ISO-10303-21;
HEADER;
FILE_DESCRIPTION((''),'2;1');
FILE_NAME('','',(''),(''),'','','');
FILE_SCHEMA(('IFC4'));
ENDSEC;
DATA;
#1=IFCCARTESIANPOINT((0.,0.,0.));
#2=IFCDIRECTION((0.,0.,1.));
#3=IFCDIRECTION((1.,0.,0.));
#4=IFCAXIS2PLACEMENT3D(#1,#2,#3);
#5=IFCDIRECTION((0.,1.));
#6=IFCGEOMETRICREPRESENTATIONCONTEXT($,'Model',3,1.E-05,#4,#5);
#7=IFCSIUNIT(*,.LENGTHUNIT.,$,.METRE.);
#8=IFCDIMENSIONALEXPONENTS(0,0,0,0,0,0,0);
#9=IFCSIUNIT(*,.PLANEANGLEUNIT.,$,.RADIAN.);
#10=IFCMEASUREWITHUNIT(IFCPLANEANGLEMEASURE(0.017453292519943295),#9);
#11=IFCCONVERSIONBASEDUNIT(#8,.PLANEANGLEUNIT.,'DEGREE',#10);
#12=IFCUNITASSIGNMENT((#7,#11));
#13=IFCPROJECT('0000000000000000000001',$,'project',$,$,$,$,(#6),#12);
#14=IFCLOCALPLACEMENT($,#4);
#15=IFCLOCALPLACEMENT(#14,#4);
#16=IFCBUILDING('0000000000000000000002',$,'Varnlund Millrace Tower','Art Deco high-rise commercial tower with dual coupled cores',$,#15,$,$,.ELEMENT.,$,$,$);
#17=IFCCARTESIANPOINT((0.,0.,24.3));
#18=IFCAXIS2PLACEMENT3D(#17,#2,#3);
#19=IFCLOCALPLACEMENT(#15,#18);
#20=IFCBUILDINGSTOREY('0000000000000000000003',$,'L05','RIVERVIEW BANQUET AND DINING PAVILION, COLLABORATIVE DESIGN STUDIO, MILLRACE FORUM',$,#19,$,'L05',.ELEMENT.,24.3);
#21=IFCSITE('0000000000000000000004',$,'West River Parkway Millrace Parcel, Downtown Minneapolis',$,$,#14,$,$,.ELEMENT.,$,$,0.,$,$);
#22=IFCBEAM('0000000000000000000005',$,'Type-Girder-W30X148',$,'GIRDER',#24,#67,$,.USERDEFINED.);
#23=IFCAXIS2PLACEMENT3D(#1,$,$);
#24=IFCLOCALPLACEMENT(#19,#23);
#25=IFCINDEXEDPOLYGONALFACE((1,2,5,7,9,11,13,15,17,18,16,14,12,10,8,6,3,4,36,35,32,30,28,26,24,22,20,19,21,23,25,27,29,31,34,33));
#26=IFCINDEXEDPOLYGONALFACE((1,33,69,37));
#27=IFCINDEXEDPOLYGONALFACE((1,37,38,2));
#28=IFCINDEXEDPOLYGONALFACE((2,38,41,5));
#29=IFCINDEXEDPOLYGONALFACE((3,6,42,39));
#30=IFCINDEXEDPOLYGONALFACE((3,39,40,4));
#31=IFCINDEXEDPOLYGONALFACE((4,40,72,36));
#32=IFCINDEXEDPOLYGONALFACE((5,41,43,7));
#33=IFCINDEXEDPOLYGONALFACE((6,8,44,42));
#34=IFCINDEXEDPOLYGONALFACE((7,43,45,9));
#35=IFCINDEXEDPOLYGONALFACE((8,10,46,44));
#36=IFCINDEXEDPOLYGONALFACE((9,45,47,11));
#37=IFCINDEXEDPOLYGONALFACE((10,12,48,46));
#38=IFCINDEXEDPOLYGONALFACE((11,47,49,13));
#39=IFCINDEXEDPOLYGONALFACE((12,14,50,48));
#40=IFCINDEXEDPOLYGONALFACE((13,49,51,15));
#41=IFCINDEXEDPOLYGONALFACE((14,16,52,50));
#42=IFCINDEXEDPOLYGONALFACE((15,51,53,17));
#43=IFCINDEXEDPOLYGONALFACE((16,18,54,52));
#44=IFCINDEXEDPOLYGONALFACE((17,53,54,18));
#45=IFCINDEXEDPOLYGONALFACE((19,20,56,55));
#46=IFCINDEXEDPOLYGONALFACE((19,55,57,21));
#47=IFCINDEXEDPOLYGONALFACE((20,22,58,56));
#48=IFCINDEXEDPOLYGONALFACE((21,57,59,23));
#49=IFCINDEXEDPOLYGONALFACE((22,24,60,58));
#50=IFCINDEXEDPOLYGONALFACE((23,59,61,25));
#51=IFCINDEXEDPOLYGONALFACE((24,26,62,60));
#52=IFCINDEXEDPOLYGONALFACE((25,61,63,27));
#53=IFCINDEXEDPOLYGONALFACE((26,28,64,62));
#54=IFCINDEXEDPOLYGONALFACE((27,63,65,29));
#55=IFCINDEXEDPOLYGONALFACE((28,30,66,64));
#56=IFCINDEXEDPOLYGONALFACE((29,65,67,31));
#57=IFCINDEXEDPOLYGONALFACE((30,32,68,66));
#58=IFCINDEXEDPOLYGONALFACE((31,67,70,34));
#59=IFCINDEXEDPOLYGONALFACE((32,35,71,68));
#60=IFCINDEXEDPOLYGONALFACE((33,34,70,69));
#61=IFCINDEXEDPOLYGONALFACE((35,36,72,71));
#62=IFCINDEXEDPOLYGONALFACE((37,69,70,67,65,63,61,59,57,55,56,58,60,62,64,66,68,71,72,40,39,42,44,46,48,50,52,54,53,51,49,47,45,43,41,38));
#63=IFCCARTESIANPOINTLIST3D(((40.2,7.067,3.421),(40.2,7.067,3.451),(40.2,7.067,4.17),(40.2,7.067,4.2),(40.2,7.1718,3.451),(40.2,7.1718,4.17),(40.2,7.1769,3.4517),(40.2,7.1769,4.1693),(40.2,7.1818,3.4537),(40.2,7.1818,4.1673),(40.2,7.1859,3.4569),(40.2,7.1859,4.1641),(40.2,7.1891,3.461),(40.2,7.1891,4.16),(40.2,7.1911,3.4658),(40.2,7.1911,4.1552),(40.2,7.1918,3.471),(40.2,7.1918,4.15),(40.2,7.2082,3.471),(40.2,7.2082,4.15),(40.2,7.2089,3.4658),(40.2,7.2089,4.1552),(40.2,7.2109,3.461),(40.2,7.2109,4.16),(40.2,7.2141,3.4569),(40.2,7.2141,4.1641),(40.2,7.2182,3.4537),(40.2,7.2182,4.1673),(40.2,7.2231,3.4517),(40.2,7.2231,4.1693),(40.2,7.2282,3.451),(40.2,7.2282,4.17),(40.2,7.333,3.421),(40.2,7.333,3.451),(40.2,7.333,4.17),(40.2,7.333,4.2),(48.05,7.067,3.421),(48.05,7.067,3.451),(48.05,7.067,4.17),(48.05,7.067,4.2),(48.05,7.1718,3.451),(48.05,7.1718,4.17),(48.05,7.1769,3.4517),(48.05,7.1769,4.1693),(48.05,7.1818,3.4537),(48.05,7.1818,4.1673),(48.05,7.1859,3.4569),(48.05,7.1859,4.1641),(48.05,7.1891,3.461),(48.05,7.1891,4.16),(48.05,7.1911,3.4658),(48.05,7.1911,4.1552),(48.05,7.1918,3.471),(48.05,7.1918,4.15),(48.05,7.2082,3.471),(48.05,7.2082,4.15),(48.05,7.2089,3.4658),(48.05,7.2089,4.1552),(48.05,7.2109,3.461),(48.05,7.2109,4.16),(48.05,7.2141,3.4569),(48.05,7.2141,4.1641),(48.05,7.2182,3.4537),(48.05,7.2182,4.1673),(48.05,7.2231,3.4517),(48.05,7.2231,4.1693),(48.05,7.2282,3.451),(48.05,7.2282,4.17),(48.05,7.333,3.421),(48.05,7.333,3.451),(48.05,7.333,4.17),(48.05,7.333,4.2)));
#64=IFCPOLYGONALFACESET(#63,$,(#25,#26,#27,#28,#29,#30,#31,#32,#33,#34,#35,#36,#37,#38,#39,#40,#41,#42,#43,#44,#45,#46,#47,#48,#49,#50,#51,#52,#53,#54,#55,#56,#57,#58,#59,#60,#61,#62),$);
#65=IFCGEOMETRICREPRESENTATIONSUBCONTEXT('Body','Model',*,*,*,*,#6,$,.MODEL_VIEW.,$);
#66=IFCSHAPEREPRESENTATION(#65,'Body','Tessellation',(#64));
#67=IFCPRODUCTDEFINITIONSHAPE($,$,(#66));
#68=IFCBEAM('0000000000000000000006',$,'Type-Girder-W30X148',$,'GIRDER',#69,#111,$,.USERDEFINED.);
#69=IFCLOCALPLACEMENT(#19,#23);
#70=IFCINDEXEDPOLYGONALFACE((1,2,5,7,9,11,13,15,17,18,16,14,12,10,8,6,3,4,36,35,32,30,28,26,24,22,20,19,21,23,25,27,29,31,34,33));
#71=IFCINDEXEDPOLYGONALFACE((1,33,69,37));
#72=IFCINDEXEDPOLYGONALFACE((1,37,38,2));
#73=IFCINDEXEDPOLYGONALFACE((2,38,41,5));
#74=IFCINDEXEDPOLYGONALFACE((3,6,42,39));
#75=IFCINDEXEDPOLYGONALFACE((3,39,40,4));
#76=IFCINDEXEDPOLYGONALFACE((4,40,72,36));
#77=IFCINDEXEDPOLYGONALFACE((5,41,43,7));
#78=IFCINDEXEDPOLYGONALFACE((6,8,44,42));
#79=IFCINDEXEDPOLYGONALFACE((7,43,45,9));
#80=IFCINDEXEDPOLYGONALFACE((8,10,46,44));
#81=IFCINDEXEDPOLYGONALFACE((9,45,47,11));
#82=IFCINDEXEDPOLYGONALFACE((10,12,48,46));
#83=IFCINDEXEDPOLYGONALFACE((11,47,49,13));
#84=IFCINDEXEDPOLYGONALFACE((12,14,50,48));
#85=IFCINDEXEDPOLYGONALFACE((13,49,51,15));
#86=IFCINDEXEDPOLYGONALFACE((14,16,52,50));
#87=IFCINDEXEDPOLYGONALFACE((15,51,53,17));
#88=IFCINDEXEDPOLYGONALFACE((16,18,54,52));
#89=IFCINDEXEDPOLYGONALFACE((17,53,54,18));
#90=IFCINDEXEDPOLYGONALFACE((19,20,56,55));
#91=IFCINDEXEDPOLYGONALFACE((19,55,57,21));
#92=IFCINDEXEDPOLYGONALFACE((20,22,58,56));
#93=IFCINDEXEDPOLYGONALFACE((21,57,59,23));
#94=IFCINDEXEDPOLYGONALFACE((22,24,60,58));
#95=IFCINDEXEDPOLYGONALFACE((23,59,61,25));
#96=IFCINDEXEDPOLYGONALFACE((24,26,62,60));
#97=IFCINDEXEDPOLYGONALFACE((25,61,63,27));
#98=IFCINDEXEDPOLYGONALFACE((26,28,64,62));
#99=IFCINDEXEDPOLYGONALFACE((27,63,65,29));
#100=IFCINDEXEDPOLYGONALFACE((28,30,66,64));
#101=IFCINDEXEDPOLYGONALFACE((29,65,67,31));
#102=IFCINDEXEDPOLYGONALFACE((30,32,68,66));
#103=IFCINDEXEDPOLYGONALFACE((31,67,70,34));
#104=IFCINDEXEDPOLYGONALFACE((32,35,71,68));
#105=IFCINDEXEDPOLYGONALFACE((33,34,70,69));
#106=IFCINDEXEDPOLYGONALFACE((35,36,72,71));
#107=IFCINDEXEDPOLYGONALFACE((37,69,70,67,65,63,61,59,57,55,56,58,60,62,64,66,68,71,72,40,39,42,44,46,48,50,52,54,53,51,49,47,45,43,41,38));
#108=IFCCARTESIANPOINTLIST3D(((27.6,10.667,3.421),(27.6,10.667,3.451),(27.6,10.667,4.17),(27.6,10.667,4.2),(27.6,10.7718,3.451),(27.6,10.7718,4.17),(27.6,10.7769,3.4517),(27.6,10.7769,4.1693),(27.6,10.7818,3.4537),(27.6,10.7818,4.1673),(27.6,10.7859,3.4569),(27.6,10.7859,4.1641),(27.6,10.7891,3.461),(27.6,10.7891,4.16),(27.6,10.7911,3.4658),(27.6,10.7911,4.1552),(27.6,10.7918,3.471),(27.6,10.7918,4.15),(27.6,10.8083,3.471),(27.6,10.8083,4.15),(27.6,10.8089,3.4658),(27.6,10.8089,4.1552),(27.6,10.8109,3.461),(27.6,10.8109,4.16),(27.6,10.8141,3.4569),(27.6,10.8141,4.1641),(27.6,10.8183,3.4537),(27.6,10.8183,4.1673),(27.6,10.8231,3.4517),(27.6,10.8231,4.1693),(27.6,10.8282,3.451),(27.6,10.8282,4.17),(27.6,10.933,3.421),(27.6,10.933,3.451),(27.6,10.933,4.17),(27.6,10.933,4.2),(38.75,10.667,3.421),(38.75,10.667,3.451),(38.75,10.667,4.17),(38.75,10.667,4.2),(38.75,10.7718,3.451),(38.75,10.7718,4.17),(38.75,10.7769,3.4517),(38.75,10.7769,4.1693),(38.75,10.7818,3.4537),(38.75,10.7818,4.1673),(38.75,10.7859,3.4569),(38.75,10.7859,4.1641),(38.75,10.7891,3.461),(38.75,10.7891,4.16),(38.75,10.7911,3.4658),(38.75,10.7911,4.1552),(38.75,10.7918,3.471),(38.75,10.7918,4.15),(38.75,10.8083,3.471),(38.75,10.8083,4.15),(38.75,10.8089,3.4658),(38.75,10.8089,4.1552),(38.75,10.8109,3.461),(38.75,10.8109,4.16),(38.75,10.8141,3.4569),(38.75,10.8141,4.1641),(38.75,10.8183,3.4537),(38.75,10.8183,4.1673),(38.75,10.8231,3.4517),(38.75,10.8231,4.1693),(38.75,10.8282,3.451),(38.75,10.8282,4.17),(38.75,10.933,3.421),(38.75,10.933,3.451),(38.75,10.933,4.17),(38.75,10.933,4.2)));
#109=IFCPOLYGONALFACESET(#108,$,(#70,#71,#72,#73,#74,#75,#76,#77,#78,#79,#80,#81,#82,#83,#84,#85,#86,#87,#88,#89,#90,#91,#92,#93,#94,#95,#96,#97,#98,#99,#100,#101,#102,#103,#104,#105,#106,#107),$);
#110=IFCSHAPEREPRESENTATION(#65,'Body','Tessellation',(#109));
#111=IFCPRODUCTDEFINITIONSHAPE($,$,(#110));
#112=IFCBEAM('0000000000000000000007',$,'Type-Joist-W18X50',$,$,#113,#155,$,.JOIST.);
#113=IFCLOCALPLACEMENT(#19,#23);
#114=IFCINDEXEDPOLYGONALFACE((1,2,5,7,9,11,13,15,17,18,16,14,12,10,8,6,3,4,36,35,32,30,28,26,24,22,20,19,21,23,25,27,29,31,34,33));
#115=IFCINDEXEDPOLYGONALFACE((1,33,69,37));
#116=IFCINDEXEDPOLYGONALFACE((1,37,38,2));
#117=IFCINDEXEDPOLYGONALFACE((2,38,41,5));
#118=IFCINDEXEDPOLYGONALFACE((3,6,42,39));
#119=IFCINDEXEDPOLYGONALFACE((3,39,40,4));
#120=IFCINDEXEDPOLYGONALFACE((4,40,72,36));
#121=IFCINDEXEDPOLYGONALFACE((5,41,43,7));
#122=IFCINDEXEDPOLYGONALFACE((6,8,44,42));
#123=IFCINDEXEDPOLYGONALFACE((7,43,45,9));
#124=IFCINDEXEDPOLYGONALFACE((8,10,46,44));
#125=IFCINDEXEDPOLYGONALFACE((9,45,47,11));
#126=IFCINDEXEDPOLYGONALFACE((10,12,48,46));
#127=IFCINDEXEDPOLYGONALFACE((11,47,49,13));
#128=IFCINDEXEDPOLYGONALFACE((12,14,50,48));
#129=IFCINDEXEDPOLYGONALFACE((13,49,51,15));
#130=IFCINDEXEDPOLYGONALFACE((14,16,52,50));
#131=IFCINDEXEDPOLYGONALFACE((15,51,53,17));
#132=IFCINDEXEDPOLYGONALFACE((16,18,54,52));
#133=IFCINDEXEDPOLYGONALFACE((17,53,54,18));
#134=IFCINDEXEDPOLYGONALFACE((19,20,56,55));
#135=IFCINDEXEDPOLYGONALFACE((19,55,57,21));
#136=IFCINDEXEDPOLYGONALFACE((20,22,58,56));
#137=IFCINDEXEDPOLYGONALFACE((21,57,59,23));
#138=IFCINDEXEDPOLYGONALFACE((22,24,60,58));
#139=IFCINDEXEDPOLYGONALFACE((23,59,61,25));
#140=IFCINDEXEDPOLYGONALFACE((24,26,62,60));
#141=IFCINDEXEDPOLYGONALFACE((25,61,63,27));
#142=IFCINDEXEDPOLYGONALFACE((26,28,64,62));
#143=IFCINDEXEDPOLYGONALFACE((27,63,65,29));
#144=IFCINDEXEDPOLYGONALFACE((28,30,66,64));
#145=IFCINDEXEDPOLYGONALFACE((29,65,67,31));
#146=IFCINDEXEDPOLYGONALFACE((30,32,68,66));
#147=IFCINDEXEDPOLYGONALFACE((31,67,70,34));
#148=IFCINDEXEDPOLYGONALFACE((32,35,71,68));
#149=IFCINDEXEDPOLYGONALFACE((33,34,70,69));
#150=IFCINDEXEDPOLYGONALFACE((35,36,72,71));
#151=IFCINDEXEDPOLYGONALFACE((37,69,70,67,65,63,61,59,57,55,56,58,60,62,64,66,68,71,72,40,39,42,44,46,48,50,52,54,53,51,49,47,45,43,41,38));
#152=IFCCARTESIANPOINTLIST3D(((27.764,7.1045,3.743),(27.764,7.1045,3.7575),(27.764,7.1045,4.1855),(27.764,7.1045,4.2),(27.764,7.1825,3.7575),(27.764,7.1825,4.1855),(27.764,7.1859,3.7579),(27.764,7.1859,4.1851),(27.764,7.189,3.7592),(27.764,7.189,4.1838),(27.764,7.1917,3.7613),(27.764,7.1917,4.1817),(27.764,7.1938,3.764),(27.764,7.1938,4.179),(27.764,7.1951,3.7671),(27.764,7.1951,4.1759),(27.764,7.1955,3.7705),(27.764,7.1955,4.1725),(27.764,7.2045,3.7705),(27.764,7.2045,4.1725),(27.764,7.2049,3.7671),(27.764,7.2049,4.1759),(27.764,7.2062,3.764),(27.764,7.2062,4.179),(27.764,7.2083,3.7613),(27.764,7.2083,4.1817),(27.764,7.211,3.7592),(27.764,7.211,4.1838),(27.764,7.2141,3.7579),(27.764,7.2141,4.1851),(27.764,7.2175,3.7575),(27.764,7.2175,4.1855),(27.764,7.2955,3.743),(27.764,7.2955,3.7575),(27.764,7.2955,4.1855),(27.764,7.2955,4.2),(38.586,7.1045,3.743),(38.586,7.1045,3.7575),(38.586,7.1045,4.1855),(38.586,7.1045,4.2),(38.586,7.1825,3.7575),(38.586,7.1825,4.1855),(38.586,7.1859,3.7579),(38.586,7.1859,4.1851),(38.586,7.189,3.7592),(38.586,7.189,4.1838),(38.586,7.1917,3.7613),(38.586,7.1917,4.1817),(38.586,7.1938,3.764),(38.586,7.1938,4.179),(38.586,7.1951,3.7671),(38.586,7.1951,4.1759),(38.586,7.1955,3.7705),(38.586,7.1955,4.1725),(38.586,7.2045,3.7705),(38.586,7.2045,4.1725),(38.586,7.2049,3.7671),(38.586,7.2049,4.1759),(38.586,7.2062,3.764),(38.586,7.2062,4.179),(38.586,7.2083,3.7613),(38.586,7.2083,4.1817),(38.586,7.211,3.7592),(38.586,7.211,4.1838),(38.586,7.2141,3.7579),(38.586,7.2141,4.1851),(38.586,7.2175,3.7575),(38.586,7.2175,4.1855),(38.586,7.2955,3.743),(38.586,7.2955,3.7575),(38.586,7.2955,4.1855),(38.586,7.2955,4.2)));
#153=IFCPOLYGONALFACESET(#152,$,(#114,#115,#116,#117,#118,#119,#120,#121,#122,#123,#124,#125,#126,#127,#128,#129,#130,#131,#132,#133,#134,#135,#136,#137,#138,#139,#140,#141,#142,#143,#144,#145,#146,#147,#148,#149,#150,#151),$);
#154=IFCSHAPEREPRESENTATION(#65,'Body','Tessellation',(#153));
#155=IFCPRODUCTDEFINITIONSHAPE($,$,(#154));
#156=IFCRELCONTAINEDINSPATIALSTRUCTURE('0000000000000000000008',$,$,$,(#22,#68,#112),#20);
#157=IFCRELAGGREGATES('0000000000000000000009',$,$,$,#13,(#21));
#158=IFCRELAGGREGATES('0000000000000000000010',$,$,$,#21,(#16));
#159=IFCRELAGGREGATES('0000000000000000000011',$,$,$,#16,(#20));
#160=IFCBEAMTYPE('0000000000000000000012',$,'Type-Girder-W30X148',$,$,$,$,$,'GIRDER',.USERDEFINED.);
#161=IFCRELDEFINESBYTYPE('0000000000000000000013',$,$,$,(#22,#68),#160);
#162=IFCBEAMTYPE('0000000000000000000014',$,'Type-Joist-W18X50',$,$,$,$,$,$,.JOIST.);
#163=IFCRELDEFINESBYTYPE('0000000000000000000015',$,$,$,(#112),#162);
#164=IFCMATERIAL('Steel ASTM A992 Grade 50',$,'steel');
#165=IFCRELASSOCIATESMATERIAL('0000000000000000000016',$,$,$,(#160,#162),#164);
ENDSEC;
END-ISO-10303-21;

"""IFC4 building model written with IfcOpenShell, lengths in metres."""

from ifc_helpers import new_model, entity, si_unit, converted_unit, direction, frame, origin_with_axes, origin_2d_with_axis, place, context, subcontext, project, spatial, i_section, extrude, material, material_profile, profile_set, type_object, element, save


model = new_model("IFC4")

# Units and contexts
model_context = context("Model", 3, precision=1e-05, world=origin_with_axes(), true_north=direction((0.0, 1.0)))
body_context = subcontext(model_context, "Body", "Model", "MODEL_VIEW")
ifc_project = project(units=[si_unit("LENGTHUNIT", "METRE"), converted_unit("PLANEANGLEUNIT", "DEGREE", entity("IfcPlaneAngleMeasure", 0.017453292519943295), si_unit("PLANEANGLEUNIT", "RADIAN"), dimensions=[0, 0, 0, 0, 0, 0, 0])], contexts=[model_context])

# Site, building, storey
site_placement = place(None, origin_with_axes())
site = spatial("IfcSite", under=ifc_project, at=site_placement, Name="West River Parkway Millrace Parcel, Downtown Minneapolis", CompositionType="ELEMENT", RefElevation=0.0)
building_placement = place(site_placement, origin_with_axes())
building = spatial("IfcBuilding", under=site, at=building_placement, Name="Varnlund Millrace Tower", Description="Art Deco high-rise commercial tower with dual coupled cores", CompositionType="ELEMENT")
storey_placement = place(building_placement, frame((0.0, 0.0, 24.3), z_axis=(0.0, 0.0, 1.0), x_axis=(1.0, 0.0, 0.0)))
storey = spatial("IfcBuildingStorey", under=building, at=storey_placement, Name="L05", Description="RIVERVIEW BANQUET AND DINING PAVILION, COLLABORATIVE DESIGN STUDIO, MILLRACE FORUM", LongName="L05", CompositionType="ELEMENT", Elevation=24.3)

# Beams
ifc_material_1 = material(Name="Steel ASTM A992 Grade 50", Category="steel")
ifc_material_profile_1 = material_profile(ifc_material_1, i_section(OverallWidth=0.266, OverallDepth=0.779, WebThickness=0.0165, FlangeThickness=0.03, FilletRadius=0.02, at=origin_2d_with_axis()), Name="Steel ASTM A992 Grade 50")
ifc_profile_set_1 = profile_set([ifc_material_profile_1], Name="Steel ASTM A992 Grade 50")
beam_type_1 = type_object("IfcBeamType", Name="Type-Girder-W30X148", ElementType="GIRDER", PredefinedType="USERDEFINED", material=ifc_profile_set_1)
beam_1_placement = place(storey_placement, frame((40.2, 7.2, 3.8105), z_axis=(1.0, 0.0, 0.0), x_axis=(0.0, 1.0, 0.0)))
element("IfcBeam", 1, at=beam_1_placement, inside=storey, type_object=beam_type_1, Name="Type-Girder-W30X148", ObjectType="GIRDER", PredefinedType="USERDEFINED", context=body_context, shape_type="SweptSolid", body=[
    extrude(i_section(OverallWidth=0.266, OverallDepth=0.779, WebThickness=0.0165, FlangeThickness=0.03, FilletRadius=0.02, at=origin_2d_with_axis()), origin_with_axes(), (0.0, 0.0, 1.0), 7.85),
])
beam_2_placement = place(storey_placement, frame((27.6, 10.8, 3.8105), z_axis=(1.0, 0.0, 0.0), x_axis=(0.0, 1.0, 0.0)))
element("IfcBeam", 2, at=beam_2_placement, inside=storey, type_object=beam_type_1, Name="Type-Girder-W30X148", ObjectType="GIRDER", PredefinedType="USERDEFINED", context=body_context, shape_type="SweptSolid", body=[
    extrude(i_section(OverallWidth=0.266, OverallDepth=0.779, WebThickness=0.0165, FlangeThickness=0.03, FilletRadius=0.02, at=origin_2d_with_axis()), origin_with_axes(), (0.0, 0.0, 1.0), 11.15),
])
ifc_material_profile_2 = material_profile(ifc_material_1, i_section(OverallWidth=0.191, OverallDepth=0.457, WebThickness=0.009, FlangeThickness=0.0145, FilletRadius=0.013, at=origin_2d_with_axis()), Name="Steel ASTM A992 Grade 50")
ifc_profile_set_2 = profile_set([ifc_material_profile_2], Name="Steel ASTM A992 Grade 50")
beam_type_2 = type_object("IfcBeamType", Name="Type-Joist-W18X50", PredefinedType="JOIST", material=ifc_profile_set_2)
beam_3_placement = place(storey_placement, frame((27.764, 7.2, 3.9715), z_axis=(1.0, 0.0, 0.0), x_axis=(0.0, 1.0, 0.0)))
element("IfcBeam", 3, at=beam_3_placement, inside=storey, type_object=beam_type_2, Name="Type-Joist-W18X50", PredefinedType="JOIST", context=body_context, shape_type="SweptSolid", body=[
    extrude(i_section(OverallWidth=0.191, OverallDepth=0.457, WebThickness=0.009, FlangeThickness=0.0145, FilletRadius=0.013, at=origin_2d_with_axis()), origin_with_axes(), (0.0, 0.0, 1.0), 10.822),
])

save(model, "model.ifc")
